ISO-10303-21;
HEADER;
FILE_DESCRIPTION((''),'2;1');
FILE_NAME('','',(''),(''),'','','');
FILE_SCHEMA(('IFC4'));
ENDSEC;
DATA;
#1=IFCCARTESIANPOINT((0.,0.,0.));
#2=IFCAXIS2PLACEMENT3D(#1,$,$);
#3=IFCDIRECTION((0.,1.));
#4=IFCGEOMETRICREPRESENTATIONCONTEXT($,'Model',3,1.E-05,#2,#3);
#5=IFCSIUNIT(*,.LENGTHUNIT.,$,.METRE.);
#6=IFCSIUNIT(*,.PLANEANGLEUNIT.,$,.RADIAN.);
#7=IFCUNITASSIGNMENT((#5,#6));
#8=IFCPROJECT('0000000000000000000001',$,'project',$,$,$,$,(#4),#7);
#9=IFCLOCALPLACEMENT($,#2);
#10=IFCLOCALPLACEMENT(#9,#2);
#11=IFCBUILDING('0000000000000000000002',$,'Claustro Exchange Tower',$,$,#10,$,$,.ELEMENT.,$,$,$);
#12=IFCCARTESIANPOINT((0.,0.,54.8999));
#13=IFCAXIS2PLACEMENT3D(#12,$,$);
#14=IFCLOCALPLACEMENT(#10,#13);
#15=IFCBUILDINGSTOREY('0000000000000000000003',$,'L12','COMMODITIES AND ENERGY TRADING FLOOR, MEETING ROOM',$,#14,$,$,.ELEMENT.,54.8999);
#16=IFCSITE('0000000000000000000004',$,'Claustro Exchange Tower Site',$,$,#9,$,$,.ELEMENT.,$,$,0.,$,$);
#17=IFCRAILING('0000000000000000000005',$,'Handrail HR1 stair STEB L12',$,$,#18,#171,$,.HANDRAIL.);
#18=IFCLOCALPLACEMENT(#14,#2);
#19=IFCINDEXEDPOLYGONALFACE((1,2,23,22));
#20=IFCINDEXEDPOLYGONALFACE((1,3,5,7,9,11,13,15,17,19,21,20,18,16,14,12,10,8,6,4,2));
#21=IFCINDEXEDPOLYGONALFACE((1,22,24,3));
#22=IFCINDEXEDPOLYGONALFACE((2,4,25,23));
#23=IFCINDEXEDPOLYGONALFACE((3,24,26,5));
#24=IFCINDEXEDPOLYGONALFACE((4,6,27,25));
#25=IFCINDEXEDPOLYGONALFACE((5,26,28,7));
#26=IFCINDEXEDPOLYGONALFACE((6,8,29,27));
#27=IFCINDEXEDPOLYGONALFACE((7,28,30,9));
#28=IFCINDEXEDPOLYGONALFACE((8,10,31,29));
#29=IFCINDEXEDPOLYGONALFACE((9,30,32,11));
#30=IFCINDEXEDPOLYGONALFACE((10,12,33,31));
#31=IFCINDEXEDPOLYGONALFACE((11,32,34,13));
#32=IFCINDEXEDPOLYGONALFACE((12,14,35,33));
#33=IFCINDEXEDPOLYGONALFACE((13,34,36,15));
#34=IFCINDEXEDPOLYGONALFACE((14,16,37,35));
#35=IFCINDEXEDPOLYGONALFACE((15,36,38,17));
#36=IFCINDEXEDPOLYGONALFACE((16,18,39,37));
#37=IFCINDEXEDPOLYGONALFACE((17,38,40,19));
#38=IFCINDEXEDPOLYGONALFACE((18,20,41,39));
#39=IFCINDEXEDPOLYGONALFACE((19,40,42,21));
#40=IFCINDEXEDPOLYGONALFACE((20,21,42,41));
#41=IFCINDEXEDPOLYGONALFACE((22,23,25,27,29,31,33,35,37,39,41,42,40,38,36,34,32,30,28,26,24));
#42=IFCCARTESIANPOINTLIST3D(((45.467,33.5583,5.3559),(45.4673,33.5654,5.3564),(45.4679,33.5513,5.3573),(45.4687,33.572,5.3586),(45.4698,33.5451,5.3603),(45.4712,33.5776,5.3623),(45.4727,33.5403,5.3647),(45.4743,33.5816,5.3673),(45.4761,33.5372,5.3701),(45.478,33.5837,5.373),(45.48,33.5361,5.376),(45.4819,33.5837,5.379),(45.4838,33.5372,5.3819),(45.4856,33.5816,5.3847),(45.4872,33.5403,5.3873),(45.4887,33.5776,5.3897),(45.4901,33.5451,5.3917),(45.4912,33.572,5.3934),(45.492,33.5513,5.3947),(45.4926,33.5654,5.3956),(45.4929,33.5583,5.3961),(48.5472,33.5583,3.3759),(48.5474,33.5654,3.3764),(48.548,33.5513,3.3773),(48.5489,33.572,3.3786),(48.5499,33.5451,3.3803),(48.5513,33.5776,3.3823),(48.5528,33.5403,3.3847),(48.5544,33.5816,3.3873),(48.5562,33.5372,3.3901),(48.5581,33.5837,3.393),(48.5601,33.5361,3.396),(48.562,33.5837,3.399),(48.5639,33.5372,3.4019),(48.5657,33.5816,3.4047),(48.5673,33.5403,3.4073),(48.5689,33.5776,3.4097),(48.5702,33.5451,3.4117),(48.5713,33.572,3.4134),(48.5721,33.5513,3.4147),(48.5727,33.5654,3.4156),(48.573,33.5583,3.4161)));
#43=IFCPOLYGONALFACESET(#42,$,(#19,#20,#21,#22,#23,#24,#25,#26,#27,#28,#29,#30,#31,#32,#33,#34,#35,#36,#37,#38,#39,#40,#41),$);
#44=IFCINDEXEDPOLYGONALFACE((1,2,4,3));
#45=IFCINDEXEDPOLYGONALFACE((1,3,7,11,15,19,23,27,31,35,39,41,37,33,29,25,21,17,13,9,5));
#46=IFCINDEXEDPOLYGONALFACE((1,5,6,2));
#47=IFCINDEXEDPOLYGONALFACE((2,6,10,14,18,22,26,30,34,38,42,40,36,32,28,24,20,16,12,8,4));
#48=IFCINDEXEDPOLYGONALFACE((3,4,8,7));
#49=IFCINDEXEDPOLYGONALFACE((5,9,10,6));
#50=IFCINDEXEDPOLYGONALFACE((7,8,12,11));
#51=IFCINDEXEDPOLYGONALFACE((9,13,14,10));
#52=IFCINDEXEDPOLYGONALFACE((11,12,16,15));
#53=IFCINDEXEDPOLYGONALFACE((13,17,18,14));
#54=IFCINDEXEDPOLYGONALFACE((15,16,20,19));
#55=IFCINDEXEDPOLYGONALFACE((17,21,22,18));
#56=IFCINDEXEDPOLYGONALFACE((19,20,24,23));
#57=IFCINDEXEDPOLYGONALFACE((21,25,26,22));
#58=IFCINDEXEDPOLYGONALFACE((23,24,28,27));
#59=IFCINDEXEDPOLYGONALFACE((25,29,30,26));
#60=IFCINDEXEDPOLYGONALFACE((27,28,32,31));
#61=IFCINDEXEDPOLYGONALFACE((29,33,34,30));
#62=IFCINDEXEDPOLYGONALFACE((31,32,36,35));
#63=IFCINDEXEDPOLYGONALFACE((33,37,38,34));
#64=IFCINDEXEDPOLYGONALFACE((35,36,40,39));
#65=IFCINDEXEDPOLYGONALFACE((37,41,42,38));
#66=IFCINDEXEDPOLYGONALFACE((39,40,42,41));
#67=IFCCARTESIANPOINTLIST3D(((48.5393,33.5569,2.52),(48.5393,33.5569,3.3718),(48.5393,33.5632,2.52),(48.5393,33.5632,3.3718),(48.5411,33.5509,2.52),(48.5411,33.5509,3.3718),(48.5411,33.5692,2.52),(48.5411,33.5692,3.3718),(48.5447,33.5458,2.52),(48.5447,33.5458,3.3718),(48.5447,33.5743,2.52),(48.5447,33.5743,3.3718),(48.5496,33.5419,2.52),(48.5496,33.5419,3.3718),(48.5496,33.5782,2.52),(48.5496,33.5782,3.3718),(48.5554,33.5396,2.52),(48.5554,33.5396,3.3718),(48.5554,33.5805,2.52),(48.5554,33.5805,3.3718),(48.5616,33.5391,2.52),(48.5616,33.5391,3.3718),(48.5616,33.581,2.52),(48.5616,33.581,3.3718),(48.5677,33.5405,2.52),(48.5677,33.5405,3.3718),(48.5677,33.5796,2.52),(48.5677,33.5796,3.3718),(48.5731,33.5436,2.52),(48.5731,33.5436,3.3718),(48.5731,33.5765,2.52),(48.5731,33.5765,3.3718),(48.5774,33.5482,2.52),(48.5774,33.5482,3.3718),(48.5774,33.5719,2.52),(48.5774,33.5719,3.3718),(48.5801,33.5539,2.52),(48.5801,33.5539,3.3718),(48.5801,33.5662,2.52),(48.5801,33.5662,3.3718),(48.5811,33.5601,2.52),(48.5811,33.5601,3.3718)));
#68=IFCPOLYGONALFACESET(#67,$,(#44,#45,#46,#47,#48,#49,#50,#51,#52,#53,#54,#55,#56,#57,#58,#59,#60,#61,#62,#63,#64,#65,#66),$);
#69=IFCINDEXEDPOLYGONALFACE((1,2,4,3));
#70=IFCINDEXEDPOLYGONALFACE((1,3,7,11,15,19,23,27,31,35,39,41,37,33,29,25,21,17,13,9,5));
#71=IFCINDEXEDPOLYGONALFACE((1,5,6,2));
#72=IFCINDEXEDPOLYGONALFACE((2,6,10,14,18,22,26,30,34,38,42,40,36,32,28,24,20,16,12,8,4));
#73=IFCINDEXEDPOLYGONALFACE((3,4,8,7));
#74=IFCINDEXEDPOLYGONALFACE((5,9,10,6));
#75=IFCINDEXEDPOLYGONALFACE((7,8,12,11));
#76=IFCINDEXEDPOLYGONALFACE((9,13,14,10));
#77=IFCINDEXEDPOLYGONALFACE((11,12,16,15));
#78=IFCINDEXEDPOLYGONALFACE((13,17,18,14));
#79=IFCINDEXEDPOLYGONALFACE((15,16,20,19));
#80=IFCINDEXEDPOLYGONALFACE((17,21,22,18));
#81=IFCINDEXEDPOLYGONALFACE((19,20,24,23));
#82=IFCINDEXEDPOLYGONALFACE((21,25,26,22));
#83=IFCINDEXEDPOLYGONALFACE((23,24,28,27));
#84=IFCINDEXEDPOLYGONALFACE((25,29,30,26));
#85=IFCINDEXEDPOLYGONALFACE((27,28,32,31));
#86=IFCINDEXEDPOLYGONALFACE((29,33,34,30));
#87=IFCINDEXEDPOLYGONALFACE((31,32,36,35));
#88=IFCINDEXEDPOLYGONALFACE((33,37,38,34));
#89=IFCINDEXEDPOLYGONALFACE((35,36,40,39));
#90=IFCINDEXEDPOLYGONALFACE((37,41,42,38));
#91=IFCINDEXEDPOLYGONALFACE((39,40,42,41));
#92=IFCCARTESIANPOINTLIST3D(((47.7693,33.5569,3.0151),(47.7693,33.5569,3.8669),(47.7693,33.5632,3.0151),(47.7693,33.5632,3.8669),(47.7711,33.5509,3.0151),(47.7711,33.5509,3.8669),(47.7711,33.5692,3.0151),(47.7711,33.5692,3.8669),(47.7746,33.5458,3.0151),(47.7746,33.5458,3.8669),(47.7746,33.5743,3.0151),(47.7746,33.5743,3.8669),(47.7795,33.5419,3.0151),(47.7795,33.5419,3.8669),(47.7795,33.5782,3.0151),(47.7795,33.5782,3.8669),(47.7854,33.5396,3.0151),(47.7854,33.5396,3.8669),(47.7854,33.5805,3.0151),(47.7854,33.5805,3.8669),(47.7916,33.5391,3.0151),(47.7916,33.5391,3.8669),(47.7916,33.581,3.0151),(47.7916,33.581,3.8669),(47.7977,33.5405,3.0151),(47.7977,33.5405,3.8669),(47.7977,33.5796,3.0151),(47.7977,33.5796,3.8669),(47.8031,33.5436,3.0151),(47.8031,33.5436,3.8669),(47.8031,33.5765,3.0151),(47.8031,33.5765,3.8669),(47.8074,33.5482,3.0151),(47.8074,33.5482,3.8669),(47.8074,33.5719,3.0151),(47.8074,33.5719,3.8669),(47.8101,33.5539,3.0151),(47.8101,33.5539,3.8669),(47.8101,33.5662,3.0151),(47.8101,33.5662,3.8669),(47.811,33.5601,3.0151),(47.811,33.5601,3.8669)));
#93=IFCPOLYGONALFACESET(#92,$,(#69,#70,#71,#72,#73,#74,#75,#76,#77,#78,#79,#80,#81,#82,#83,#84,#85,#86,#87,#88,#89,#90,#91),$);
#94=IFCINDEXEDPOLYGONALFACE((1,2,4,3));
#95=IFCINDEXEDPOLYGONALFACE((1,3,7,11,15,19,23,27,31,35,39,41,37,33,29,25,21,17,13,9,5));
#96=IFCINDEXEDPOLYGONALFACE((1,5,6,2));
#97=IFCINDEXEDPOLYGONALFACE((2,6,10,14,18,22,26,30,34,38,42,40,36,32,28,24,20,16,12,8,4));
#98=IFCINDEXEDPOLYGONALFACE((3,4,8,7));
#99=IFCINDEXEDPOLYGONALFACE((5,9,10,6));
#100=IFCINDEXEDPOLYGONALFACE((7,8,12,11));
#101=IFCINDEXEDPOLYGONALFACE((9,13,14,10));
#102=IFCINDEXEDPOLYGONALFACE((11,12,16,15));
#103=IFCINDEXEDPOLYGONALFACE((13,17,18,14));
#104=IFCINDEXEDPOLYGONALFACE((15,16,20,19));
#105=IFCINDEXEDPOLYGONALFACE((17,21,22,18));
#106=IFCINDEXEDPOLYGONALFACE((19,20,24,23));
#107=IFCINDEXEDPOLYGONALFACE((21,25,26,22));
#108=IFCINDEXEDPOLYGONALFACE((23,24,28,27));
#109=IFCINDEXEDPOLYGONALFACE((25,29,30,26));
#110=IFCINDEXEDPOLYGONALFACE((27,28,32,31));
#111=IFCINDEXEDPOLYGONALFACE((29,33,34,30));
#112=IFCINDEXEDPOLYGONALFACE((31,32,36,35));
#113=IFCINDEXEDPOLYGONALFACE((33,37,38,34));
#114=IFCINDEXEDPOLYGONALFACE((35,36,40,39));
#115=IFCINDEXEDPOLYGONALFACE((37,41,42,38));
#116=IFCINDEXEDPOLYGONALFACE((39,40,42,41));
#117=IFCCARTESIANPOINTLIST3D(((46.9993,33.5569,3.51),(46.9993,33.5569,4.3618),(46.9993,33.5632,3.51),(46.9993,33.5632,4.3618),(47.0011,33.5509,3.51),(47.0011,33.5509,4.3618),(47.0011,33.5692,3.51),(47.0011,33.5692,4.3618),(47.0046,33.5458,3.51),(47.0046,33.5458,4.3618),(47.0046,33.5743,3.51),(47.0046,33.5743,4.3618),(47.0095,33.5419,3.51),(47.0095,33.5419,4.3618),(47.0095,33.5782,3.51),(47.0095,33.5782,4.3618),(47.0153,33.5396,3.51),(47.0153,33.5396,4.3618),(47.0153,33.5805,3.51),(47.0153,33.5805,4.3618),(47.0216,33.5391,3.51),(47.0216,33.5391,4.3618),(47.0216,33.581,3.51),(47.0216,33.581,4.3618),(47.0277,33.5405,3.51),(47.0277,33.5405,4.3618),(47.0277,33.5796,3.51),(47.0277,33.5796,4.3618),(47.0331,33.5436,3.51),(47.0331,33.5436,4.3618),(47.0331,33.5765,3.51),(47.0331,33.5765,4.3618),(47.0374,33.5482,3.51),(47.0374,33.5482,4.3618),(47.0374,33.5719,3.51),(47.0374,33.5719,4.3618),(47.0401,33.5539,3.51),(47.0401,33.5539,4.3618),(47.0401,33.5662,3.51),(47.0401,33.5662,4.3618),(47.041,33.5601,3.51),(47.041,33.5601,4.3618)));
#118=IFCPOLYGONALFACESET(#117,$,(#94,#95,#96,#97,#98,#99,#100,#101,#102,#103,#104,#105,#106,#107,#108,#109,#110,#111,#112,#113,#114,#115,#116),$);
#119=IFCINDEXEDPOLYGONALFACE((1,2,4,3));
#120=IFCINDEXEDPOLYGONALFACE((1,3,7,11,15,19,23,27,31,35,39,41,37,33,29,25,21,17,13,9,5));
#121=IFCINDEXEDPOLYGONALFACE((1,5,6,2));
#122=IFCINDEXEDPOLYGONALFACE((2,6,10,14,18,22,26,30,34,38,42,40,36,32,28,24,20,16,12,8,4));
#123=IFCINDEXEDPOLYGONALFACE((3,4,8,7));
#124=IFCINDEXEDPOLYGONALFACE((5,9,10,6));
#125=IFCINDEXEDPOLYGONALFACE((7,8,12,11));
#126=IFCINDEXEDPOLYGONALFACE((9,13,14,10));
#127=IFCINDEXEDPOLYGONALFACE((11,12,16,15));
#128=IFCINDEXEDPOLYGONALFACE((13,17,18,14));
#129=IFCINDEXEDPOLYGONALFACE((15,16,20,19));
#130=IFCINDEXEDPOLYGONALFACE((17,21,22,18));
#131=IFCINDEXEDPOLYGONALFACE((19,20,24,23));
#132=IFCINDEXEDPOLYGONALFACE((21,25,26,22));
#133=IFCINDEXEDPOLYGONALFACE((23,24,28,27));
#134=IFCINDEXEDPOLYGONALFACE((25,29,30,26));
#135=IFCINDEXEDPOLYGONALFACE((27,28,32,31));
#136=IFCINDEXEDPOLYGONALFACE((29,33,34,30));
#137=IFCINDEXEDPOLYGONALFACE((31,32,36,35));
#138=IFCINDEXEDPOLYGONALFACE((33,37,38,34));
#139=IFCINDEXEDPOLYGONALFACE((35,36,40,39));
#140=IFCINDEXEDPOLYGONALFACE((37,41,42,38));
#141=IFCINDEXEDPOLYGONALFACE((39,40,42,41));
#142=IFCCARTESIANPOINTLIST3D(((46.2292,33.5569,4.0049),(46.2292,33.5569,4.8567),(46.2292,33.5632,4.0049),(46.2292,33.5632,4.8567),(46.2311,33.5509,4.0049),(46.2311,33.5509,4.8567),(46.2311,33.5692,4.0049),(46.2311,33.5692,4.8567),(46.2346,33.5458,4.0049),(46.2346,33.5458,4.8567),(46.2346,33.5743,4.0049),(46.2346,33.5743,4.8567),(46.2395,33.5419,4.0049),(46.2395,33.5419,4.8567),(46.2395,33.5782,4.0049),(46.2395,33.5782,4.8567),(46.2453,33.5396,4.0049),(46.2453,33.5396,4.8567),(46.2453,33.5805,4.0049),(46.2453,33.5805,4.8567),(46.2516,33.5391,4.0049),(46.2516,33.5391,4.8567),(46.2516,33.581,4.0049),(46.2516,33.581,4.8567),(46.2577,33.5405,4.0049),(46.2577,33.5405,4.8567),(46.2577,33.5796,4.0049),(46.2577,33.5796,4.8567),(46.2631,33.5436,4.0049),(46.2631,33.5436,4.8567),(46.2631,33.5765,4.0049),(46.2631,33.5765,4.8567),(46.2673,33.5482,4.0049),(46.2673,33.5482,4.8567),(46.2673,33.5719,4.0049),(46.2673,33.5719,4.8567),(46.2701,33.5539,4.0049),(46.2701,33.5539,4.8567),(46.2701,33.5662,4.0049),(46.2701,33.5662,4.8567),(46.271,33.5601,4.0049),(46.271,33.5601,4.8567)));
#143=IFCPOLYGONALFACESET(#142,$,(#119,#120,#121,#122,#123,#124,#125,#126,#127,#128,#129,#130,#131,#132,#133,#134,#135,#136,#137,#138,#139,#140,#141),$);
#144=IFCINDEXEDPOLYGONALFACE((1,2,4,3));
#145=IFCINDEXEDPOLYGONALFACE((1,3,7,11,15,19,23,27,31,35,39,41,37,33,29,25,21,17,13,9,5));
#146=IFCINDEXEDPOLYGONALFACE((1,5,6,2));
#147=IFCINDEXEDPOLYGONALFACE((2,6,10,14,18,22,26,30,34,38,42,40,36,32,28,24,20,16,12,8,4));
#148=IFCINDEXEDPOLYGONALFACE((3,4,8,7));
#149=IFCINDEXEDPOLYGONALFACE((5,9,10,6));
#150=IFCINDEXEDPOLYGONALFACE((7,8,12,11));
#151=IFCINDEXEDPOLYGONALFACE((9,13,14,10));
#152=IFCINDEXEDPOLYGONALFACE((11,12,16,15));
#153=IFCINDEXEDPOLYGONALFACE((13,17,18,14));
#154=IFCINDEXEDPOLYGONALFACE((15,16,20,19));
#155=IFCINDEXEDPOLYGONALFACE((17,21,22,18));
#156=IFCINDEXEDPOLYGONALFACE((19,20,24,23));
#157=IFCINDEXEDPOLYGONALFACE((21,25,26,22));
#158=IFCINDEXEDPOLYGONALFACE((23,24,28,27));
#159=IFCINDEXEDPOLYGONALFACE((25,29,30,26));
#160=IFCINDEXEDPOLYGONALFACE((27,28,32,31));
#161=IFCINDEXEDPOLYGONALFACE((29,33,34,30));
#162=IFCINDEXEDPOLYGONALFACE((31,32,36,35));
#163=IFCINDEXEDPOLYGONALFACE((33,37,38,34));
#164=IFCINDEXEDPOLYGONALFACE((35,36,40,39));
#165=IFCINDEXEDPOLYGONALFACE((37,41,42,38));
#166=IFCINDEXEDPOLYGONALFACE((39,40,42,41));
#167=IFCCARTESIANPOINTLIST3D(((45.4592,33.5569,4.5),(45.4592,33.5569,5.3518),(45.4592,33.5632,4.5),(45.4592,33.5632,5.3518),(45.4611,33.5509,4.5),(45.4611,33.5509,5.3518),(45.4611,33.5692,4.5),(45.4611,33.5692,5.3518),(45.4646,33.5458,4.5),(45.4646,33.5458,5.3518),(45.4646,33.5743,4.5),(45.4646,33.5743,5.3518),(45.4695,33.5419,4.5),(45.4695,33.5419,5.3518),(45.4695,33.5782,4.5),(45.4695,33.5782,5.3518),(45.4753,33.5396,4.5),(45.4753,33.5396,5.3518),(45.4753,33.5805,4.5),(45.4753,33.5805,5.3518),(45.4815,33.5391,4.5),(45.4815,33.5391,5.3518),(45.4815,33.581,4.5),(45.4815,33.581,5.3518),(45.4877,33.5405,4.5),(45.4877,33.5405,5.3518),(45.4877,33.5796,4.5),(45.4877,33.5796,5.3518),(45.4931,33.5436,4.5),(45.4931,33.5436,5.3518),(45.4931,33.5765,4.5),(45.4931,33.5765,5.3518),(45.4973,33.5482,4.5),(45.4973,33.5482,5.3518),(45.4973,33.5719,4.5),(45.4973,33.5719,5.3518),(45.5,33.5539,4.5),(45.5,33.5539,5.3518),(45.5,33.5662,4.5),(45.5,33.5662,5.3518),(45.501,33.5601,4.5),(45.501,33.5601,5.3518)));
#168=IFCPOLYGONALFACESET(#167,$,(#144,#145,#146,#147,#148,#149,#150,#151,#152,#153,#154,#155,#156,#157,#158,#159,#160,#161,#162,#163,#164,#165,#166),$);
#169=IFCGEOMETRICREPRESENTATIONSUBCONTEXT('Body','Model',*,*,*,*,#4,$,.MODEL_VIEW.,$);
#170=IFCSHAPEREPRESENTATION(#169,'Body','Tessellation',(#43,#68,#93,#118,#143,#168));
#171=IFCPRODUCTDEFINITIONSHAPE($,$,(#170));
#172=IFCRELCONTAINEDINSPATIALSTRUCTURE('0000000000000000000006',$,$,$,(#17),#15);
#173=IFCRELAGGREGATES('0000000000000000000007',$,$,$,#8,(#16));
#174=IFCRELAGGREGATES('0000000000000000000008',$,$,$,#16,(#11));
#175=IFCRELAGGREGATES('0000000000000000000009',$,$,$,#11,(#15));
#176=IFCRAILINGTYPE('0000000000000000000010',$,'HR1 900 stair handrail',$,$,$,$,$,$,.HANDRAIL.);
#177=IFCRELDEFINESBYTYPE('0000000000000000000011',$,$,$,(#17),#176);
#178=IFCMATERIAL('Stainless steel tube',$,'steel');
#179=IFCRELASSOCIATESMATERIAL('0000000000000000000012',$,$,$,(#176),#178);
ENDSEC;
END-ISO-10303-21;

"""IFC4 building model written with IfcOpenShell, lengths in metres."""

from ifc_helpers import new_model, si_unit, direction, frame, origin, origin_2d, place, context, subcontext, project, spatial, circle, extrude, material, type_object, element, save


model = new_model("IFC4")

# Units and contexts
model_context = context("Model", 3, precision=1e-05, world=origin(), true_north=direction((0.0, 1.0)))
body_context = subcontext(model_context, "Body", "Model", "MODEL_VIEW")
ifc_project = project(units=[si_unit("LENGTHUNIT", "METRE"), si_unit("PLANEANGLEUNIT", "RADIAN")], contexts=[model_context])

# Site, building, storey
site_placement = place(None, origin())
site = spatial("IfcSite", under=ifc_project, at=site_placement, Name="Claustro Exchange Tower Site", CompositionType="ELEMENT", RefElevation=0.0)
building_placement = place(site_placement, origin())
building = spatial("IfcBuilding", under=site, at=building_placement, Name="Claustro Exchange Tower", CompositionType="ELEMENT")
storey_placement = place(building_placement, frame((0.0, 0.0, 54.8999)))
storey = spatial("IfcBuildingStorey", under=building, at=storey_placement, Name="L12", Description="COMMODITIES AND ENERGY TRADING FLOOR, MEETING ROOM", CompositionType="ELEMENT", Elevation=54.8999)

# Railing
ifc_material_1 = material(Name="Stainless steel tube", Category="steel")
railing_type_1 = type_object("IfcRailingType", Name="HR1 900 stair handrail", PredefinedType="HANDRAIL", material=ifc_material_1)
railing_1_placement = place(storey_placement, frame((48.5601, 33.5601, 2.52)))
element("IfcRailing", 1, at=railing_1_placement, inside=storey, type_object=railing_type_1, Name="Handrail HR1 stair STEB L12", PredefinedType="HANDRAIL", context=body_context, shape_type="SweptSolid", body=[
    extrude(circle(Radius=0.0239, at=origin_2d()), frame((0.0, 0.0, 0.876), z_axis=(-0.841187, 0.0, 0.540744), x_axis=(0.0, -1.0, 0.0)), (0.0, 0.0, 1.0), 3.6616),
    extrude(circle(Radius=0.021, at=origin_2d()), origin(), (0.0, 0.0, 1.0), 0.8518),
    extrude(circle(Radius=0.021, at=origin_2d()), frame((-0.77, 0.0, 0.4951)), (0.0, 0.0, 1.0), 0.8518),
    extrude(circle(Radius=0.021, at=origin_2d()), frame((-1.54, 0.0, 0.99)), (0.0, 0.0, 1.0), 0.8518),
    extrude(circle(Radius=0.021, at=origin_2d()), frame((-2.3101, 0.0, 1.4849)), (0.0, 0.0, 1.0), 0.8518),
    extrude(circle(Radius=0.021, at=origin_2d()), frame((-3.0801, 0.0, 1.98)), (0.0, 0.0, 1.0), 0.8518),
])

save(model, "model.ifc")
